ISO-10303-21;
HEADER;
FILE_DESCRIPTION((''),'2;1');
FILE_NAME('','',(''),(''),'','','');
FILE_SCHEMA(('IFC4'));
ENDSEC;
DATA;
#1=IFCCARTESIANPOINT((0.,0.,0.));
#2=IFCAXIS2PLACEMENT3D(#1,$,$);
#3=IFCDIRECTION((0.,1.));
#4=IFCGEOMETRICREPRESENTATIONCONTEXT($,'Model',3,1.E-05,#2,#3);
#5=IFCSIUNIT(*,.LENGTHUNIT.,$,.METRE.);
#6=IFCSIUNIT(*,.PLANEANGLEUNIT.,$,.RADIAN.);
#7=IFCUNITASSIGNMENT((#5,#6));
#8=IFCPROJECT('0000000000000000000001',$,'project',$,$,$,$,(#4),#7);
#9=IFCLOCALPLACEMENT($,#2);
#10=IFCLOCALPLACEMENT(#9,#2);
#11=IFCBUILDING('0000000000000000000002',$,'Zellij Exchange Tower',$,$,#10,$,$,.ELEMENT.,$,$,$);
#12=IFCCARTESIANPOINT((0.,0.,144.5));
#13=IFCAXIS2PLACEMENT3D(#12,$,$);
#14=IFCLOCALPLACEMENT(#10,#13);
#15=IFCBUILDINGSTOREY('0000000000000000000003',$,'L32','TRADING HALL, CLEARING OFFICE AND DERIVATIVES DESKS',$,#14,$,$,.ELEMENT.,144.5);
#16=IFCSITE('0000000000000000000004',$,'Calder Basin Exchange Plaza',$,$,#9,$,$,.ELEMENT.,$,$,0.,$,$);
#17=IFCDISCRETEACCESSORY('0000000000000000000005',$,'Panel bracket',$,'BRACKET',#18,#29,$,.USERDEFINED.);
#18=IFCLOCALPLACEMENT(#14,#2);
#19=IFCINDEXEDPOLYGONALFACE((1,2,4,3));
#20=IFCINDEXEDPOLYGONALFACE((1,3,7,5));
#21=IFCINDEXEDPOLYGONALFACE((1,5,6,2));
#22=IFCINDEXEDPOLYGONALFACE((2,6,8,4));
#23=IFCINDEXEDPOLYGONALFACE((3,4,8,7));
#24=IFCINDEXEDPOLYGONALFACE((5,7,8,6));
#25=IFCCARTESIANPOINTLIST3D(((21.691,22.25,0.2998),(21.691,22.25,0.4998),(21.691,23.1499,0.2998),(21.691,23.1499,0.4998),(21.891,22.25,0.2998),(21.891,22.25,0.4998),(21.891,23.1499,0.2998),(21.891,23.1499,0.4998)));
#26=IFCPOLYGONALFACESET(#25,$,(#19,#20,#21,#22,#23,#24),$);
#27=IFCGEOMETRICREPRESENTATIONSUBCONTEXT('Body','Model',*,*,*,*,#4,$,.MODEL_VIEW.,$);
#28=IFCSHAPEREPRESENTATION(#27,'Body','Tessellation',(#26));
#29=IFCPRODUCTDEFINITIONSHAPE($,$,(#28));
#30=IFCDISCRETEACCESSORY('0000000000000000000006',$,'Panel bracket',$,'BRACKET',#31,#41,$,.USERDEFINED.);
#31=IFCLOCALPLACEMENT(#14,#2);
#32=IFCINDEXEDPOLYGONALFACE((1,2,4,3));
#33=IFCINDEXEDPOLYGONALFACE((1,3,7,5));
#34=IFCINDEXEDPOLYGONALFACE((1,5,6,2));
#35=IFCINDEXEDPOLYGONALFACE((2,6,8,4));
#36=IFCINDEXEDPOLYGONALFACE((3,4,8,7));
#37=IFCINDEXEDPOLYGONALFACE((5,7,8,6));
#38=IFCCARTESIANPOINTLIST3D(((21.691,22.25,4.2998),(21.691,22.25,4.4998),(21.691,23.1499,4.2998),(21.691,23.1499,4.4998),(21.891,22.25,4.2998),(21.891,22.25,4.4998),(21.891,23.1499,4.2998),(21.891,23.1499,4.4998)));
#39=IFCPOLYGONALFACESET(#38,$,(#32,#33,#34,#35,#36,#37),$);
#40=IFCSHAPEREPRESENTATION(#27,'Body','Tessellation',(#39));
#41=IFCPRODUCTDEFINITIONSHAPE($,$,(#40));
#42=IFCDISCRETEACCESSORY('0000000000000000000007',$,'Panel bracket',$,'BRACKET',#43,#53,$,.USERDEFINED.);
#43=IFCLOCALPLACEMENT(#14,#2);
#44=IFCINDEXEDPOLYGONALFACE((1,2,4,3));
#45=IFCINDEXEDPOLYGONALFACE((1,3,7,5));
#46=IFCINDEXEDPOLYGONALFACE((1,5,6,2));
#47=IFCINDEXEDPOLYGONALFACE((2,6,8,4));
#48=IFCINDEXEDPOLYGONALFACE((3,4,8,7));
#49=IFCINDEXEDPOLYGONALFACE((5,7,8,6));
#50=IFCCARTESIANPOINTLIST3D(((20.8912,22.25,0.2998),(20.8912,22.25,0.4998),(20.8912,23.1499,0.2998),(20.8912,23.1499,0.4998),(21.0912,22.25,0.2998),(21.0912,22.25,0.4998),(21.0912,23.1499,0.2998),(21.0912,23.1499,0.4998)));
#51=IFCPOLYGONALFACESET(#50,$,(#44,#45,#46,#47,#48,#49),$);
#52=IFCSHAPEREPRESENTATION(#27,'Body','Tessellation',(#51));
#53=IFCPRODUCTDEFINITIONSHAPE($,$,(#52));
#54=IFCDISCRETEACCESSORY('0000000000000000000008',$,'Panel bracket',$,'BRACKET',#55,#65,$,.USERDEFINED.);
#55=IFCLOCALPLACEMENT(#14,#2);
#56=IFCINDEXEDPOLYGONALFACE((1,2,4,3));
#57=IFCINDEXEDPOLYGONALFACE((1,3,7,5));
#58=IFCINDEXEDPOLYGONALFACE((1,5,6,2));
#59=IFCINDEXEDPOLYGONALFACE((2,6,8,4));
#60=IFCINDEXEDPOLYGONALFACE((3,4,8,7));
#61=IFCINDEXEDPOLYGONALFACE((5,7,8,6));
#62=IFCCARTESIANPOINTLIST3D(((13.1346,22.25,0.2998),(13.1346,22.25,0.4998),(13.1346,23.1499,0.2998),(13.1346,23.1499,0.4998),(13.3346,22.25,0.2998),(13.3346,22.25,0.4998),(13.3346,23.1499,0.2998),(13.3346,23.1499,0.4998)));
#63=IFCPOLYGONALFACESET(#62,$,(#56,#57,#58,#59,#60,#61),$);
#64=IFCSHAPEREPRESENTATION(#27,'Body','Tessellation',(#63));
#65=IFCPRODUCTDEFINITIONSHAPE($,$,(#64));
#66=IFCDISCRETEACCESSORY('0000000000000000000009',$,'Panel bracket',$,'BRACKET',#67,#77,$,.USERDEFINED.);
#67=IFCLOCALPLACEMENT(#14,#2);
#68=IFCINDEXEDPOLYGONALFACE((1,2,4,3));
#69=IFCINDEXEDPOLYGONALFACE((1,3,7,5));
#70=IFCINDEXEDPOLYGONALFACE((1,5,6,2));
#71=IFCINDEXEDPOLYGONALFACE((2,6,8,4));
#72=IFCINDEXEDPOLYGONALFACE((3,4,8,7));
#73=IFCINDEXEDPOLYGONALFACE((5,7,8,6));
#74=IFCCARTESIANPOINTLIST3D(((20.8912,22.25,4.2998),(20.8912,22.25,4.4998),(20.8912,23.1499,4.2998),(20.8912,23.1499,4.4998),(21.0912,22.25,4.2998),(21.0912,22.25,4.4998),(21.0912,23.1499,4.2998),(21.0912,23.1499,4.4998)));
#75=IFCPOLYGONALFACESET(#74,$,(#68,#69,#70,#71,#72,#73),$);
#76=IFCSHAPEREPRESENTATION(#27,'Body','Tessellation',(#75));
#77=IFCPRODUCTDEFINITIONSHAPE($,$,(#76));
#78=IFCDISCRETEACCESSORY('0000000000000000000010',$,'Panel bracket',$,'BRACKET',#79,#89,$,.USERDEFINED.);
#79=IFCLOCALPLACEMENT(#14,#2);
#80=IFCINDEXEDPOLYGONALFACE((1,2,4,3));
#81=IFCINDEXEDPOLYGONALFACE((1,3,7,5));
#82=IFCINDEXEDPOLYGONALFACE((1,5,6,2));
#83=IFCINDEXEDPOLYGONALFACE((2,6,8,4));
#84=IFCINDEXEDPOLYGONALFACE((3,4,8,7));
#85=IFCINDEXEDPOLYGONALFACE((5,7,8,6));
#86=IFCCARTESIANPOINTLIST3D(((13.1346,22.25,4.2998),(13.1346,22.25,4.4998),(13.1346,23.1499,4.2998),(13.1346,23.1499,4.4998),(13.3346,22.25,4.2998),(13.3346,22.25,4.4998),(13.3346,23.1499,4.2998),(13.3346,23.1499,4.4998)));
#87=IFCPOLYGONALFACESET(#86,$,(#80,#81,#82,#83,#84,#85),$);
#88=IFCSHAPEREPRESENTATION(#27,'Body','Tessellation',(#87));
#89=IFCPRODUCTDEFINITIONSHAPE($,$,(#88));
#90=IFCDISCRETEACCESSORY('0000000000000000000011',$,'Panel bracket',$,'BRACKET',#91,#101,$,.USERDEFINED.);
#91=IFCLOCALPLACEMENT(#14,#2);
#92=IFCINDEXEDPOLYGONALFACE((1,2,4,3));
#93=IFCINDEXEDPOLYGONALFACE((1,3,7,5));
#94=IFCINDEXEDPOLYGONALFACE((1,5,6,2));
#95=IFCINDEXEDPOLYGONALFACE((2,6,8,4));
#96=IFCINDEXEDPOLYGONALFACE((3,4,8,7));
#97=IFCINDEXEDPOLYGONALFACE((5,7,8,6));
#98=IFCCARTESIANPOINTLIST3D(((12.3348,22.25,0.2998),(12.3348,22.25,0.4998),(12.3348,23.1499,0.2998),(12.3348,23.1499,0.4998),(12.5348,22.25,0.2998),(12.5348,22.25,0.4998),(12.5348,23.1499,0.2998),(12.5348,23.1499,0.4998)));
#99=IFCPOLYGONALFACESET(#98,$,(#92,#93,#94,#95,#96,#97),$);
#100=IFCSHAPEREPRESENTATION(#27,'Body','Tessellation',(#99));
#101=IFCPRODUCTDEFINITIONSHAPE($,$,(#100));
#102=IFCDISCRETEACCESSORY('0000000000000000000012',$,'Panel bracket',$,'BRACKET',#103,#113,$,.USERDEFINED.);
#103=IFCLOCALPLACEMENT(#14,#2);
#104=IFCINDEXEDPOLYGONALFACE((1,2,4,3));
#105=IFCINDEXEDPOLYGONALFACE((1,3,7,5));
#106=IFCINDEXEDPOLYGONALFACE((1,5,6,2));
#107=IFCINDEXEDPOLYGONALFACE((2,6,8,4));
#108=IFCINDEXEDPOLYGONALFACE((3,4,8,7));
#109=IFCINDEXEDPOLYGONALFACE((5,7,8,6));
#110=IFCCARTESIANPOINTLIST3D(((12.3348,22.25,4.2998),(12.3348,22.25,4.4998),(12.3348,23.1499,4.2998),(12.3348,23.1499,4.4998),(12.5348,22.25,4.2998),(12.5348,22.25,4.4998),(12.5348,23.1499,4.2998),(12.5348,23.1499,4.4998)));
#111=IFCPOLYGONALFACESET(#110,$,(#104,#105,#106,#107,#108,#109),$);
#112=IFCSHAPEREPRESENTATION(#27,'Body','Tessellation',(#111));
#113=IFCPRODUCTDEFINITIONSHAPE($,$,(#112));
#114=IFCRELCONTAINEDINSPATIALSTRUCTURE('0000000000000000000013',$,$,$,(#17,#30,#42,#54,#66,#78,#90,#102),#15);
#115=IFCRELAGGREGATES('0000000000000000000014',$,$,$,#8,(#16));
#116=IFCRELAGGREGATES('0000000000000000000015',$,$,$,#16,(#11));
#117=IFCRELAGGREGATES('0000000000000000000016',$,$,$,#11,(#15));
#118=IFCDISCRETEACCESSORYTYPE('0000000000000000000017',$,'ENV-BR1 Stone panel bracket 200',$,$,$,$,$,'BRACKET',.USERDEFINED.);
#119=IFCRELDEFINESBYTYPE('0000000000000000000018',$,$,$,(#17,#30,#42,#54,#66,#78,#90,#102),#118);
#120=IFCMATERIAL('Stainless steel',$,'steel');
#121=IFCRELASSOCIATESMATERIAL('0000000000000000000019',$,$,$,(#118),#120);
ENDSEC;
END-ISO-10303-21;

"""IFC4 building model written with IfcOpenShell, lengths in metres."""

from ifc_helpers import new_model, si_unit, direction, frame, origin, origin_2d, place, context, subcontext, project, spatial, rectangle, extrude, material, type_object, element, save


model = new_model("IFC4")

# Units and contexts
model_context = context("Model", 3, precision=1e-05, world=origin(), true_north=direction((0.0, 1.0)))
body_context = subcontext(model_context, "Body", "Model", "MODEL_VIEW")
ifc_project = project(units=[si_unit("LENGTHUNIT", "METRE"), si_unit("PLANEANGLEUNIT", "RADIAN")], contexts=[model_context])

# Site, building, storey
site_placement = place(None, origin())
site = spatial("IfcSite", under=ifc_project, at=site_placement, Name="Calder Basin Exchange Plaza", CompositionType="ELEMENT", RefElevation=0.0)
building_placement = place(site_placement, origin())
building = spatial("IfcBuilding", under=site, at=building_placement, Name="Zellij Exchange Tower", CompositionType="ELEMENT")
storey_placement = place(building_placement, frame((0.0, 0.0, 144.5)))
storey = spatial("IfcBuildingStorey", under=building, at=storey_placement, Name="L32", Description="TRADING HALL, CLEARING OFFICE AND DERIVATIVES DESKS", CompositionType="ELEMENT", Elevation=144.5)

# Discrete accessories
ifc_material_1 = material(Name="Stainless steel", Category="steel")
discrete_accessory_type = type_object("IfcDiscreteAccessoryType", Name="ENV-BR1 Stone panel bracket 200", ElementType="BRACKET", PredefinedType="USERDEFINED", material=ifc_material_1)
for number, where, z_axis, x_axis, name in (
    (1, (21.791, 22.7, 0.2998), (0.0, 0.0, 1.0), (-1.0, 0.0, 0.0), "Panel bracket"),
    (2, (21.791, 22.7, 4.2998), (0.0, 0.0, 1.0), (-1.0, 0.0, 0.0), "Panel bracket"),
    (3, (20.9912, 22.7, 0.2998), (0.0, 0.0, 1.0), (-1.0, 0.0, 0.0), "Panel bracket"),
    (4, (13.2346, 22.7, 0.2998), (0.0, 0.0, 1.0), (-1.0, 0.0, 0.0), "Panel bracket"),
    (5, (20.9912, 22.7, 4.2998), (0.0, 0.0, 1.0), (-1.0, 0.0, 0.0), "Panel bracket"),
    (6, (13.2346, 22.7, 4.2998), (0.0, 0.0, 1.0), (-1.0, 0.0, 0.0), "Panel bracket"),
    (7, (12.4348, 22.7, 0.2998), (0.0, 0.0, 1.0), (-1.0, 0.0, 0.0), "Panel bracket"),
    (8, (12.4348, 22.7, 4.2998), (0.0, 0.0, 1.0), (-1.0, 0.0, 0.0), "Panel bracket"),
):
    element("IfcDiscreteAccessory", number, at=place(storey_placement, frame(where, z_axis=z_axis, x_axis=x_axis)), inside=storey, type_object=discrete_accessory_type, Name=name, ObjectType="BRACKET", PredefinedType="USERDEFINED", context=body_context, shape_type="SweptSolid", body=[
        extrude(rectangle(XDim=0.2, YDim=0.8999, at=origin_2d()), origin(), (0.0, 0.0, 1.0), 0.2),
    ])

save(model, "model.ifc")
